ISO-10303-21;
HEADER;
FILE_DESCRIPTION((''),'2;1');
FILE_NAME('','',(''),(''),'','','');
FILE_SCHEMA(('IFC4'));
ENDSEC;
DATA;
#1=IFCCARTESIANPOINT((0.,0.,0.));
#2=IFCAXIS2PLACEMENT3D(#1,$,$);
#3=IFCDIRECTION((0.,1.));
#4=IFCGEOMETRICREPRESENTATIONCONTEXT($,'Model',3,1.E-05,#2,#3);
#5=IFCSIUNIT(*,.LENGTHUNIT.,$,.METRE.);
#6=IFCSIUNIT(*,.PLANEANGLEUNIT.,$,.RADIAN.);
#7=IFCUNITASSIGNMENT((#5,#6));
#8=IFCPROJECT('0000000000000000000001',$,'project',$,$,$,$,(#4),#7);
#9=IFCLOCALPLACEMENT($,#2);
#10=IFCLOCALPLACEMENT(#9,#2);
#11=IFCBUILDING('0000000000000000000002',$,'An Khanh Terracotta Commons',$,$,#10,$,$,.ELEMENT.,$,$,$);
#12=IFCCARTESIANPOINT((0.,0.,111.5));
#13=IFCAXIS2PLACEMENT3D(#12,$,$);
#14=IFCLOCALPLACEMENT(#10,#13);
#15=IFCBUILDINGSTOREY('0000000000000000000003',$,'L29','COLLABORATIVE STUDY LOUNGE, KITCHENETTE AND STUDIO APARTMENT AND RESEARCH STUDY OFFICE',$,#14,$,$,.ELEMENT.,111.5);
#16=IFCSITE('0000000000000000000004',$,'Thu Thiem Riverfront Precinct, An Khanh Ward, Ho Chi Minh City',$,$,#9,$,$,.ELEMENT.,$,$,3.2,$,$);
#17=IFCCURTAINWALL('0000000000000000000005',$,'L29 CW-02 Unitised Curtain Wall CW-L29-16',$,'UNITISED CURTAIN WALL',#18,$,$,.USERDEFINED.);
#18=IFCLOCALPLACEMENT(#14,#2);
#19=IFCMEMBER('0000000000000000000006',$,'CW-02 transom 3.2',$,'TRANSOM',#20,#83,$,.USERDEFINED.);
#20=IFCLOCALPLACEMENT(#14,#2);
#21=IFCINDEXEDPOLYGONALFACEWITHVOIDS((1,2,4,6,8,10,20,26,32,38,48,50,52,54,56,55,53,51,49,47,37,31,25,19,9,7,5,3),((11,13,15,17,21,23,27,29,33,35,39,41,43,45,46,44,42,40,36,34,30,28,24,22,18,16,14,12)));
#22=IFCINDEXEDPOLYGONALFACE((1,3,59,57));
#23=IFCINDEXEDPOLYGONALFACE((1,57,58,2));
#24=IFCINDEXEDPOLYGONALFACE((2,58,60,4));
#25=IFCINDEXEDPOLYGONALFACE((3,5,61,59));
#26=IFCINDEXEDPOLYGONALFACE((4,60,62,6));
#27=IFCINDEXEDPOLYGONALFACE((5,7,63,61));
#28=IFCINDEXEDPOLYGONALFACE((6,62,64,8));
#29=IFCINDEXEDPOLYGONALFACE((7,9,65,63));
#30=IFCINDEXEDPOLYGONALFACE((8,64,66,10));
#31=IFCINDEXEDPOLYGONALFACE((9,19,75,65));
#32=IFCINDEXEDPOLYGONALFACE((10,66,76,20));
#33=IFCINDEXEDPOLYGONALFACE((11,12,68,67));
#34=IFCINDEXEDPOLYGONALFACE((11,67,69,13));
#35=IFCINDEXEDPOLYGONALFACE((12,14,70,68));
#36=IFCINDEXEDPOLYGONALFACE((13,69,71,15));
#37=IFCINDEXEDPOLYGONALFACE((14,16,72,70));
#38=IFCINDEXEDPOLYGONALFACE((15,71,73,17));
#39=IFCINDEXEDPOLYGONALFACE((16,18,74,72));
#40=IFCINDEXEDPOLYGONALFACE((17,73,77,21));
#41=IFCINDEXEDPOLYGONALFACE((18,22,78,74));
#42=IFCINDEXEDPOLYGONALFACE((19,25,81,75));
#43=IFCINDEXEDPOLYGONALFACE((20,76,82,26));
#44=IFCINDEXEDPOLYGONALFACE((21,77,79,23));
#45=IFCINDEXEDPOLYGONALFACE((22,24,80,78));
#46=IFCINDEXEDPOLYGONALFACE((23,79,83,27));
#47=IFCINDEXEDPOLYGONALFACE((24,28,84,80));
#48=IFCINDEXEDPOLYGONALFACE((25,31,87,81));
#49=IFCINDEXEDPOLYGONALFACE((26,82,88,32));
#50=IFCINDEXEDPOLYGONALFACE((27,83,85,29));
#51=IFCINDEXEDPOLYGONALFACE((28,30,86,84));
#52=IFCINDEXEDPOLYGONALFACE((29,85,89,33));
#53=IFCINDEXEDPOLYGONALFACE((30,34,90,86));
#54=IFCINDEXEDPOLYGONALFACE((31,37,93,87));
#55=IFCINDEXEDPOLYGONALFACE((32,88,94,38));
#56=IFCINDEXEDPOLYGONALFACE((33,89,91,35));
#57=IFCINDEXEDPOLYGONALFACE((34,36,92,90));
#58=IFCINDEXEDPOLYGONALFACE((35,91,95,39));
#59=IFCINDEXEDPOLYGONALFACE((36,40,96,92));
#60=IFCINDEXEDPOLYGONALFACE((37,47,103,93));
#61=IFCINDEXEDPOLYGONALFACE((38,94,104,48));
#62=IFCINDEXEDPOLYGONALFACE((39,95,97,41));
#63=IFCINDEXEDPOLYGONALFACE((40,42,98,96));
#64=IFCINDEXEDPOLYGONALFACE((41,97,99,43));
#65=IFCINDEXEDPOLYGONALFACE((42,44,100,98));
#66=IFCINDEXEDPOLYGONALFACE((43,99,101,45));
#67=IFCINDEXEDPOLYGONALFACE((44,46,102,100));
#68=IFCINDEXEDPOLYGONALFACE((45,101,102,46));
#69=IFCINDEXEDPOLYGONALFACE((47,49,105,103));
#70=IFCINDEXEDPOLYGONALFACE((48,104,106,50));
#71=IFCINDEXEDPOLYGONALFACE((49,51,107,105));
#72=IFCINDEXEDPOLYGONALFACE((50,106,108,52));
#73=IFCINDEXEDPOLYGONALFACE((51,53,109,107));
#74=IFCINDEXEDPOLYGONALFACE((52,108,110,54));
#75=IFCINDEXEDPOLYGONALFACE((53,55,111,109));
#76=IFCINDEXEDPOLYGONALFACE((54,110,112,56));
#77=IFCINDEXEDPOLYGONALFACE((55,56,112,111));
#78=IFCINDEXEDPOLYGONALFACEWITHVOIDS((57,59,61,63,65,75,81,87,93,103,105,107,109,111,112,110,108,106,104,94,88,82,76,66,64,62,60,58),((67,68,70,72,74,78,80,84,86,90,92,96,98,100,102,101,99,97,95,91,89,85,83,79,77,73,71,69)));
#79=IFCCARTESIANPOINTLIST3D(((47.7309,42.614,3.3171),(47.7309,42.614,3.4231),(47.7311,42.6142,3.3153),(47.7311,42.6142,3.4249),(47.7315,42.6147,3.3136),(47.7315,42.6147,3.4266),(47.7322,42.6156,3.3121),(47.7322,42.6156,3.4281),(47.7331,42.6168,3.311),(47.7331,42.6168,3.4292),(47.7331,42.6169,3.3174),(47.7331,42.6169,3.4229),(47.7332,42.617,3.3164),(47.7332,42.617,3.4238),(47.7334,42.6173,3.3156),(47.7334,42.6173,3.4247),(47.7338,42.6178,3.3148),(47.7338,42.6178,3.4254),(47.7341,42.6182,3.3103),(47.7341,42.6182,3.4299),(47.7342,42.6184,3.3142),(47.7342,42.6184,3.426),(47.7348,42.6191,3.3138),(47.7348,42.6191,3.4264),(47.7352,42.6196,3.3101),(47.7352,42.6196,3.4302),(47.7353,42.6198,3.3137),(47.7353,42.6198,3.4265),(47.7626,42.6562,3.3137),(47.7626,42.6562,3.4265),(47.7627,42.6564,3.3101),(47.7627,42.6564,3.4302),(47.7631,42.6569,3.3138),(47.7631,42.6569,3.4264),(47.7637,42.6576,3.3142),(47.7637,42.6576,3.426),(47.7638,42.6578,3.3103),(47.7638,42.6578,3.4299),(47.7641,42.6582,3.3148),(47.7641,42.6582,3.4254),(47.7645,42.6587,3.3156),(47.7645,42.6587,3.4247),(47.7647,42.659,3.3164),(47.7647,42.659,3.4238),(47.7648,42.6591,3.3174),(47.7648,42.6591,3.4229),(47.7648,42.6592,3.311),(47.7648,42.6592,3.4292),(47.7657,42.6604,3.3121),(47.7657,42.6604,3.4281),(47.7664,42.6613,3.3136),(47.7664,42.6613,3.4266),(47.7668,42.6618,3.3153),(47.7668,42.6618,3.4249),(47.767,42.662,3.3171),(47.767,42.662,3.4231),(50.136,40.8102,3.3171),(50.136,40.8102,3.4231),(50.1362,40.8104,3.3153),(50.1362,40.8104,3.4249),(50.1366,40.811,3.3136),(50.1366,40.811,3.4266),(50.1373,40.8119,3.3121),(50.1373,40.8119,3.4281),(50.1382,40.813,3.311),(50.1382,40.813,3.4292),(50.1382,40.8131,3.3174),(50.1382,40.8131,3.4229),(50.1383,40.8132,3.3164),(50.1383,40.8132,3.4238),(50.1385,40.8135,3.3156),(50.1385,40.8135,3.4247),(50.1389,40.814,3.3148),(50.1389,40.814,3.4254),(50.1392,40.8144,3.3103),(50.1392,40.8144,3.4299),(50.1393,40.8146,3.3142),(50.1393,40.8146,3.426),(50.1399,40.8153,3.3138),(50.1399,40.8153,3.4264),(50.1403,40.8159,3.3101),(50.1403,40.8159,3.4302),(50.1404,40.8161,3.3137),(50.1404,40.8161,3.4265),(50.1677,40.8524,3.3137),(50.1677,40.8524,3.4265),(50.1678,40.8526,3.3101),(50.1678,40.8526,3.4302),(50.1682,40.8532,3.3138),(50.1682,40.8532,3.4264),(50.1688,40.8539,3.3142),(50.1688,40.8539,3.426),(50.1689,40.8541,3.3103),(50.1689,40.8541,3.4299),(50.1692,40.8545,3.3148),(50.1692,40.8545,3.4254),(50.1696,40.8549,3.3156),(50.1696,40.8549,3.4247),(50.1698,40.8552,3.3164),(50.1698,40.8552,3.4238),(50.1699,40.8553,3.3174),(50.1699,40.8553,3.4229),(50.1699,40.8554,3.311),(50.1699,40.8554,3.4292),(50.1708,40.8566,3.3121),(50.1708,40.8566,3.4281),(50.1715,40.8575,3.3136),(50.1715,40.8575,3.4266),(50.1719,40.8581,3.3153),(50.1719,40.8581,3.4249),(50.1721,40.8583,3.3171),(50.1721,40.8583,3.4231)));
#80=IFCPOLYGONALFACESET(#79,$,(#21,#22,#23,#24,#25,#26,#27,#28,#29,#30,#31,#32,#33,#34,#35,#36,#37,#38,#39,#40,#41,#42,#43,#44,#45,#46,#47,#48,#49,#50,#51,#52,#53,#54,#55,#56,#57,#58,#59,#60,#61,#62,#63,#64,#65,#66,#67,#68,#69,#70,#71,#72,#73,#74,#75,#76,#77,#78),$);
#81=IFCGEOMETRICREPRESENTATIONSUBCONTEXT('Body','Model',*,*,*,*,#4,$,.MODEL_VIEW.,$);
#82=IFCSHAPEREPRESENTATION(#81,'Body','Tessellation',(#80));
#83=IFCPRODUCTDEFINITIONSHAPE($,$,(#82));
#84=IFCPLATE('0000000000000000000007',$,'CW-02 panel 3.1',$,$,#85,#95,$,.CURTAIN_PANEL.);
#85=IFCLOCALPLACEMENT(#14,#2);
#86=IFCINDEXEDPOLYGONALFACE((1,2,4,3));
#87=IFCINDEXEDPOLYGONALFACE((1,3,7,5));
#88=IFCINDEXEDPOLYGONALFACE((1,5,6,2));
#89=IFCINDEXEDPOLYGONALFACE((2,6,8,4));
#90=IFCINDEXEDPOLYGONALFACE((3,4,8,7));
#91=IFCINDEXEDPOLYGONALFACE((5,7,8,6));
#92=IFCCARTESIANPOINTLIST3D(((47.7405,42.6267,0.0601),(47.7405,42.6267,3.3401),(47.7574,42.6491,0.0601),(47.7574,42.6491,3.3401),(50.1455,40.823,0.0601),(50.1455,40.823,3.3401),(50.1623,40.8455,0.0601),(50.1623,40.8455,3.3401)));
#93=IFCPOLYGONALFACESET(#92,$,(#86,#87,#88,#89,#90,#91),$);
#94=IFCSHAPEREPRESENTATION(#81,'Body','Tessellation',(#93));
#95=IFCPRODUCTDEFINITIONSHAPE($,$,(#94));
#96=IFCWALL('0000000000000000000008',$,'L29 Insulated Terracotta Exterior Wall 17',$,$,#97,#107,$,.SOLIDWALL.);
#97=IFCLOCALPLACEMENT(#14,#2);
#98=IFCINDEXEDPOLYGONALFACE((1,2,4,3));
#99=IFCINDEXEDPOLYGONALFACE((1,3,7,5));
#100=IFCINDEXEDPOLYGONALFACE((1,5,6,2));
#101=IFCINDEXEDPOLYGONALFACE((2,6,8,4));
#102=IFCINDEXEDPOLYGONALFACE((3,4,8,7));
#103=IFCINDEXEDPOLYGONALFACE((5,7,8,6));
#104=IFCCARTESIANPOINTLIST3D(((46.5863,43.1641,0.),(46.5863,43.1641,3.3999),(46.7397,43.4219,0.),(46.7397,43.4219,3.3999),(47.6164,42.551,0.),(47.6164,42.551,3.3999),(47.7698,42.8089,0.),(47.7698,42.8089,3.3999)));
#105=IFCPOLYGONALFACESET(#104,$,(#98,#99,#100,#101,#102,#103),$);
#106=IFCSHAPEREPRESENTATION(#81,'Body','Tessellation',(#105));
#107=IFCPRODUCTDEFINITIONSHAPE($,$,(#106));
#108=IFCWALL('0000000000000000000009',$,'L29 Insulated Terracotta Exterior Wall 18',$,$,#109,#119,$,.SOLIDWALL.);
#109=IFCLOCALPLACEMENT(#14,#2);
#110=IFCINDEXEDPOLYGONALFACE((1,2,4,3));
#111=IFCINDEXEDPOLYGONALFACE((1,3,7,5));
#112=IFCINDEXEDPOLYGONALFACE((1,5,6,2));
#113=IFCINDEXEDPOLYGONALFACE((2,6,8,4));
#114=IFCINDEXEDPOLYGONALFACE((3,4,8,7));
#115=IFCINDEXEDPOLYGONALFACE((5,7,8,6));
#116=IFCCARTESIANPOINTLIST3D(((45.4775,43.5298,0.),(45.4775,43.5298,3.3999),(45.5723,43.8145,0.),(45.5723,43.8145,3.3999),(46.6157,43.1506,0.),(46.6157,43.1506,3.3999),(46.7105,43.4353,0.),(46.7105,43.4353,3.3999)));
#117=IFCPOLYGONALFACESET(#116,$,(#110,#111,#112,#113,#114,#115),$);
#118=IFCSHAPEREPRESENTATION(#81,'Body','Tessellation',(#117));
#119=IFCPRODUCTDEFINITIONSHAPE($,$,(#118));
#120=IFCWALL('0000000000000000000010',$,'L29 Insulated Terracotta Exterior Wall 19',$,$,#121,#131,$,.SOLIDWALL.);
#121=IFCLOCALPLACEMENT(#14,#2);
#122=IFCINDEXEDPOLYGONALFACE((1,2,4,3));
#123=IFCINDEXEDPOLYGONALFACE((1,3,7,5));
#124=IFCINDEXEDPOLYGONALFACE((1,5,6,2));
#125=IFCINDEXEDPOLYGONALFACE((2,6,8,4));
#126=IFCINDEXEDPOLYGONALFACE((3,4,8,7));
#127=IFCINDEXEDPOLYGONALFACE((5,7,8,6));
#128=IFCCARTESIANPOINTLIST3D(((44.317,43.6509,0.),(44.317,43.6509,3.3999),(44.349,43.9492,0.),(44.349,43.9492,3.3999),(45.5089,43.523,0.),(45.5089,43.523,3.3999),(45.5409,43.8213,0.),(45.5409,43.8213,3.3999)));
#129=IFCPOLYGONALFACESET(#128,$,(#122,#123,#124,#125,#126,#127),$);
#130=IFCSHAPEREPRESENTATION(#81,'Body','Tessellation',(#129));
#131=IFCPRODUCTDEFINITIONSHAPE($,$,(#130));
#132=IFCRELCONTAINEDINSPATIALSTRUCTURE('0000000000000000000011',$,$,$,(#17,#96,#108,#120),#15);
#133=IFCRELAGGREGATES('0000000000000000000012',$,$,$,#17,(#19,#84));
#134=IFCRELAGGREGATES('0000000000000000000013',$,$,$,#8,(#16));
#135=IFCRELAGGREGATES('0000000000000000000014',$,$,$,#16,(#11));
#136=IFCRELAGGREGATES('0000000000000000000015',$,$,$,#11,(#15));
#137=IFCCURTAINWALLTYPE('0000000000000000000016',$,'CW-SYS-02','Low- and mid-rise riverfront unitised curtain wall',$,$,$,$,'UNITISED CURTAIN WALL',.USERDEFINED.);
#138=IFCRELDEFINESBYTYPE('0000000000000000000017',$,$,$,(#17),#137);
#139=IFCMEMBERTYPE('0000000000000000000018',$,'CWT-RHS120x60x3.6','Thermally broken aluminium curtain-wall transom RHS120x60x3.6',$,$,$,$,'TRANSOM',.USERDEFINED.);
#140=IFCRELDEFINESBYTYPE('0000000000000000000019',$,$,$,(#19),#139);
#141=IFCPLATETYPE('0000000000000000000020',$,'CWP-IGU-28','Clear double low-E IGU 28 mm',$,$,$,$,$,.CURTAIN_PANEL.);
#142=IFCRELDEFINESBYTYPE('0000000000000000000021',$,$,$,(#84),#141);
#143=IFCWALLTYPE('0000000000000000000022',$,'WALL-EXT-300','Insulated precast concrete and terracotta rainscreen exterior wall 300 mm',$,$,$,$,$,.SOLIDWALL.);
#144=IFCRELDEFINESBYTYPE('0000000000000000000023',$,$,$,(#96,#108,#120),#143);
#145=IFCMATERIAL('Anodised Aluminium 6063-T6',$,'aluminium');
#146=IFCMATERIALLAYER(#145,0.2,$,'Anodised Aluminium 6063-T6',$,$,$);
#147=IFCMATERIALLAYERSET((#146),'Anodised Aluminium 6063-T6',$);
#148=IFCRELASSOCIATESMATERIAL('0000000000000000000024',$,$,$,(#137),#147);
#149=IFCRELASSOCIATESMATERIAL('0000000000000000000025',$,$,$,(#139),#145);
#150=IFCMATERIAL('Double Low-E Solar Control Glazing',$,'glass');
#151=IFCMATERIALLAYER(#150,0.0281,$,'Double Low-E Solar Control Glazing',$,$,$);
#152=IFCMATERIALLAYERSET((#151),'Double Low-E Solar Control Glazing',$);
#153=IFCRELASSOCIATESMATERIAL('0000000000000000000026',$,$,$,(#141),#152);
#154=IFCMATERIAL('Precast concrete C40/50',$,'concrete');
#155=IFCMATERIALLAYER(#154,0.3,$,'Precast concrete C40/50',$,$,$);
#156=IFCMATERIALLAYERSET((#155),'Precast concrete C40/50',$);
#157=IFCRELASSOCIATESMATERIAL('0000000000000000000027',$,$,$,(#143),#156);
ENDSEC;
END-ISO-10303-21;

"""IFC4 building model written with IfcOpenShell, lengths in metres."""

from ifc_helpers import new_model, si_unit, direction, frame, frame_2d, origin, origin_2d, place, context, subcontext, project, spatial, rectangle, hollow_rectangle, extrude, material, layer, layer_set, material_profile, profile_set, type_object, element, aggregate, save


model = new_model("IFC4")

# Units and contexts
model_context = context("Model", 3, precision=1e-05, world=origin(), true_north=direction((0.0, 1.0)))
body_context = subcontext(model_context, "Body", "Model", "MODEL_VIEW")
ifc_project = project(units=[si_unit("LENGTHUNIT", "METRE"), si_unit("PLANEANGLEUNIT", "RADIAN")], contexts=[model_context])

# Site, building, storey
site_placement = place(None, origin())
site = spatial("IfcSite", under=ifc_project, at=site_placement, Name="Thu Thiem Riverfront Precinct, An Khanh Ward, Ho Chi Minh City", CompositionType="ELEMENT", RefElevation=3.2)
building_placement = place(site_placement, origin())
building = spatial("IfcBuilding", under=site, at=building_placement, Name="An Khanh Terracotta Commons", CompositionType="ELEMENT")
storey_placement = place(building_placement, frame((0.0, 0.0, 111.5)))
storey = spatial("IfcBuildingStorey", under=building, at=storey_placement, Name="L29", Description="COLLABORATIVE STUDY LOUNGE, KITCHENETTE AND STUDIO APARTMENT AND RESEARCH STUDY OFFICE", CompositionType="ELEMENT", Elevation=111.5)

# Curtain wall, member, plate
ifc_material_1 = material(Name="Anodised Aluminium 6063-T6", Category="aluminium")
ifc_layer_1 = layer(ifc_material_1, 0.2, Name="Anodised Aluminium 6063-T6")
ifc_layer_set_1 = layer_set([ifc_layer_1], Name="Anodised Aluminium 6063-T6")
curtain_wall_type = type_object("IfcCurtainWallType", Name="CW-SYS-02", Description="Low- and mid-rise riverfront unitised curtain wall", ElementType="UNITISED CURTAIN WALL", PredefinedType="USERDEFINED", material=ifc_layer_set_1)
curtain_wall_placement = place(storey_placement, origin())
curtain_wall = element("IfcCurtainWall", 1, at=curtain_wall_placement, inside=storey, type_object=curtain_wall_type, Name="L29 CW-02 Unitised Curtain Wall CW-L29-16", ObjectType="UNITISED CURTAIN WALL", PredefinedType="USERDEFINED")
ifc_material_profile_1 = material_profile(ifc_material_1, hollow_rectangle(XDim=0.0601, YDim=0.1201, WallThickness=0.0037, InnerFilletRadius=0.0037, OuterFilletRadius=0.0071, at=origin_2d()), Name="RHS120x60x3.6")
ifc_profile_set_1 = profile_set([ifc_material_profile_1], Name="Anodised Aluminium 6063-T6")
member_type_1 = type_object("IfcMemberType", Name="CWT-RHS120x60x3.6", Description="Thermally broken aluminium curtain-wall transom RHS120x60x3.6", ElementType="TRANSOM", PredefinedType="USERDEFINED", material=ifc_profile_set_1)
member_1_placement = place(storey_placement, frame((50.1541, 40.8342, 3.3701), z_axis=(-0.80001, 0.599987, 0.0), x_axis=(-0.599987, -0.80001, 0.0)))
member_1 = element("IfcMember", 2, at=member_1_placement, type_object=member_type_1, Name="CW-02 transom 3.2", ObjectType="TRANSOM", PredefinedType="USERDEFINED", context=body_context, shape_type="SweptSolid", body=[
    extrude(hollow_rectangle(XDim=0.0601, YDim=0.1201, WallThickness=0.0037, InnerFilletRadius=0.0037, OuterFilletRadius=0.0071, at=origin_2d()), origin(), (0.0, 0.0, 1.0), 3.0063),
])
ifc_material_2 = material(Name="Double Low-E Solar Control Glazing", Category="glass")
ifc_layer_2 = layer(ifc_material_2, 0.0281, Name="Double Low-E Solar Control Glazing")
ifc_layer_set_2 = layer_set([ifc_layer_2], Name="Double Low-E Solar Control Glazing")
plate_type = type_object("IfcPlateType", Name="CWP-IGU-28", Description="Clear double low-E IGU 28 mm", PredefinedType="CURTAIN_PANEL", material=ifc_layer_set_2)
plate_placement = place(storey_placement, frame((48.9514, 41.7361, 0.0601), z_axis=(0.0, 0.0, 1.0), x_axis=(-0.800013, 0.599983, 0.0)))
plate = element("IfcPlate", 3, at=plate_placement, type_object=plate_type, Name="CW-02 panel 3.1", PredefinedType="CURTAIN_PANEL", context=body_context, shape_type="SweptSolid", body=[
    extrude(rectangle(XDim=3.0061, YDim=0.0281, at=origin_2d()), origin(), (0.0, 0.0, 1.0), 3.28),
])
aggregate(curtain_wall, [member_1, plate])

# Walls
ifc_material_3 = material(Name="Precast concrete C40/50", Category="concrete")
ifc_layer_3 = layer(ifc_material_3, 0.3, Name="Precast concrete C40/50")
ifc_layer_set_3 = layer_set([ifc_layer_3], Name="Precast concrete C40/50")
wall_type = type_object("IfcWallType", Name="WALL-EXT-300", Description="Insulated precast concrete and terracotta rainscreen exterior wall 300 mm", PredefinedType="SOLIDWALL", material=ifc_layer_set_3)
wall_1_placement = place(storey_placement, frame((47.6931, 42.6799, 0.0), z_axis=(0.0, 0.0, 1.0), x_axis=(-0.859321, 0.511437, 0.0)))
element("IfcWall", 4, at=wall_1_placement, inside=storey, type_object=wall_type, Name="L29 Insulated Terracotta Exterior Wall 17", PredefinedType="SOLIDWALL", context=body_context, shape_type="SweptSolid", body=[
    extrude(rectangle(XDim=1.1987, YDim=0.3, at=frame_2d((0.5994, 0.0))), origin(), (0.0, 0.0, 1.0), 3.3999),
])
wall_2_placement = place(storey_placement, frame((46.6631, 43.293, 0.0), z_axis=(0.0, 0.0, 1.0), x_axis=(-0.948744, 0.316045, 0.0)))
element("IfcWall", 5, at=wall_2_placement, inside=storey, type_object=wall_type, Name="L29 Insulated Terracotta Exterior Wall 18", PredefinedType="SOLIDWALL", context=body_context, shape_type="SweptSolid", body=[
    extrude(rectangle(XDim=1.1997, YDim=0.3, at=frame_2d((0.5999, 0.0))), origin(), (0.0, 0.0, 1.0), 3.3999),
])
wall_3_placement = place(storey_placement, frame((45.5249, 43.6721, 0.0), z_axis=(0.0, 0.0, 1.0), x_axis=(-0.994289, 0.10672, 0.0)))
element("IfcWall", 6, at=wall_3_placement, inside=storey, type_object=wall_type, Name="L29 Insulated Terracotta Exterior Wall 19", PredefinedType="SOLIDWALL", context=body_context, shape_type="SweptSolid", body=[
    extrude(rectangle(XDim=1.1987, YDim=0.3, at=frame_2d((0.5994, 0.0))), origin(), (0.0, 0.0, 1.0), 3.3999),
])

save(model, "model.ifc")
